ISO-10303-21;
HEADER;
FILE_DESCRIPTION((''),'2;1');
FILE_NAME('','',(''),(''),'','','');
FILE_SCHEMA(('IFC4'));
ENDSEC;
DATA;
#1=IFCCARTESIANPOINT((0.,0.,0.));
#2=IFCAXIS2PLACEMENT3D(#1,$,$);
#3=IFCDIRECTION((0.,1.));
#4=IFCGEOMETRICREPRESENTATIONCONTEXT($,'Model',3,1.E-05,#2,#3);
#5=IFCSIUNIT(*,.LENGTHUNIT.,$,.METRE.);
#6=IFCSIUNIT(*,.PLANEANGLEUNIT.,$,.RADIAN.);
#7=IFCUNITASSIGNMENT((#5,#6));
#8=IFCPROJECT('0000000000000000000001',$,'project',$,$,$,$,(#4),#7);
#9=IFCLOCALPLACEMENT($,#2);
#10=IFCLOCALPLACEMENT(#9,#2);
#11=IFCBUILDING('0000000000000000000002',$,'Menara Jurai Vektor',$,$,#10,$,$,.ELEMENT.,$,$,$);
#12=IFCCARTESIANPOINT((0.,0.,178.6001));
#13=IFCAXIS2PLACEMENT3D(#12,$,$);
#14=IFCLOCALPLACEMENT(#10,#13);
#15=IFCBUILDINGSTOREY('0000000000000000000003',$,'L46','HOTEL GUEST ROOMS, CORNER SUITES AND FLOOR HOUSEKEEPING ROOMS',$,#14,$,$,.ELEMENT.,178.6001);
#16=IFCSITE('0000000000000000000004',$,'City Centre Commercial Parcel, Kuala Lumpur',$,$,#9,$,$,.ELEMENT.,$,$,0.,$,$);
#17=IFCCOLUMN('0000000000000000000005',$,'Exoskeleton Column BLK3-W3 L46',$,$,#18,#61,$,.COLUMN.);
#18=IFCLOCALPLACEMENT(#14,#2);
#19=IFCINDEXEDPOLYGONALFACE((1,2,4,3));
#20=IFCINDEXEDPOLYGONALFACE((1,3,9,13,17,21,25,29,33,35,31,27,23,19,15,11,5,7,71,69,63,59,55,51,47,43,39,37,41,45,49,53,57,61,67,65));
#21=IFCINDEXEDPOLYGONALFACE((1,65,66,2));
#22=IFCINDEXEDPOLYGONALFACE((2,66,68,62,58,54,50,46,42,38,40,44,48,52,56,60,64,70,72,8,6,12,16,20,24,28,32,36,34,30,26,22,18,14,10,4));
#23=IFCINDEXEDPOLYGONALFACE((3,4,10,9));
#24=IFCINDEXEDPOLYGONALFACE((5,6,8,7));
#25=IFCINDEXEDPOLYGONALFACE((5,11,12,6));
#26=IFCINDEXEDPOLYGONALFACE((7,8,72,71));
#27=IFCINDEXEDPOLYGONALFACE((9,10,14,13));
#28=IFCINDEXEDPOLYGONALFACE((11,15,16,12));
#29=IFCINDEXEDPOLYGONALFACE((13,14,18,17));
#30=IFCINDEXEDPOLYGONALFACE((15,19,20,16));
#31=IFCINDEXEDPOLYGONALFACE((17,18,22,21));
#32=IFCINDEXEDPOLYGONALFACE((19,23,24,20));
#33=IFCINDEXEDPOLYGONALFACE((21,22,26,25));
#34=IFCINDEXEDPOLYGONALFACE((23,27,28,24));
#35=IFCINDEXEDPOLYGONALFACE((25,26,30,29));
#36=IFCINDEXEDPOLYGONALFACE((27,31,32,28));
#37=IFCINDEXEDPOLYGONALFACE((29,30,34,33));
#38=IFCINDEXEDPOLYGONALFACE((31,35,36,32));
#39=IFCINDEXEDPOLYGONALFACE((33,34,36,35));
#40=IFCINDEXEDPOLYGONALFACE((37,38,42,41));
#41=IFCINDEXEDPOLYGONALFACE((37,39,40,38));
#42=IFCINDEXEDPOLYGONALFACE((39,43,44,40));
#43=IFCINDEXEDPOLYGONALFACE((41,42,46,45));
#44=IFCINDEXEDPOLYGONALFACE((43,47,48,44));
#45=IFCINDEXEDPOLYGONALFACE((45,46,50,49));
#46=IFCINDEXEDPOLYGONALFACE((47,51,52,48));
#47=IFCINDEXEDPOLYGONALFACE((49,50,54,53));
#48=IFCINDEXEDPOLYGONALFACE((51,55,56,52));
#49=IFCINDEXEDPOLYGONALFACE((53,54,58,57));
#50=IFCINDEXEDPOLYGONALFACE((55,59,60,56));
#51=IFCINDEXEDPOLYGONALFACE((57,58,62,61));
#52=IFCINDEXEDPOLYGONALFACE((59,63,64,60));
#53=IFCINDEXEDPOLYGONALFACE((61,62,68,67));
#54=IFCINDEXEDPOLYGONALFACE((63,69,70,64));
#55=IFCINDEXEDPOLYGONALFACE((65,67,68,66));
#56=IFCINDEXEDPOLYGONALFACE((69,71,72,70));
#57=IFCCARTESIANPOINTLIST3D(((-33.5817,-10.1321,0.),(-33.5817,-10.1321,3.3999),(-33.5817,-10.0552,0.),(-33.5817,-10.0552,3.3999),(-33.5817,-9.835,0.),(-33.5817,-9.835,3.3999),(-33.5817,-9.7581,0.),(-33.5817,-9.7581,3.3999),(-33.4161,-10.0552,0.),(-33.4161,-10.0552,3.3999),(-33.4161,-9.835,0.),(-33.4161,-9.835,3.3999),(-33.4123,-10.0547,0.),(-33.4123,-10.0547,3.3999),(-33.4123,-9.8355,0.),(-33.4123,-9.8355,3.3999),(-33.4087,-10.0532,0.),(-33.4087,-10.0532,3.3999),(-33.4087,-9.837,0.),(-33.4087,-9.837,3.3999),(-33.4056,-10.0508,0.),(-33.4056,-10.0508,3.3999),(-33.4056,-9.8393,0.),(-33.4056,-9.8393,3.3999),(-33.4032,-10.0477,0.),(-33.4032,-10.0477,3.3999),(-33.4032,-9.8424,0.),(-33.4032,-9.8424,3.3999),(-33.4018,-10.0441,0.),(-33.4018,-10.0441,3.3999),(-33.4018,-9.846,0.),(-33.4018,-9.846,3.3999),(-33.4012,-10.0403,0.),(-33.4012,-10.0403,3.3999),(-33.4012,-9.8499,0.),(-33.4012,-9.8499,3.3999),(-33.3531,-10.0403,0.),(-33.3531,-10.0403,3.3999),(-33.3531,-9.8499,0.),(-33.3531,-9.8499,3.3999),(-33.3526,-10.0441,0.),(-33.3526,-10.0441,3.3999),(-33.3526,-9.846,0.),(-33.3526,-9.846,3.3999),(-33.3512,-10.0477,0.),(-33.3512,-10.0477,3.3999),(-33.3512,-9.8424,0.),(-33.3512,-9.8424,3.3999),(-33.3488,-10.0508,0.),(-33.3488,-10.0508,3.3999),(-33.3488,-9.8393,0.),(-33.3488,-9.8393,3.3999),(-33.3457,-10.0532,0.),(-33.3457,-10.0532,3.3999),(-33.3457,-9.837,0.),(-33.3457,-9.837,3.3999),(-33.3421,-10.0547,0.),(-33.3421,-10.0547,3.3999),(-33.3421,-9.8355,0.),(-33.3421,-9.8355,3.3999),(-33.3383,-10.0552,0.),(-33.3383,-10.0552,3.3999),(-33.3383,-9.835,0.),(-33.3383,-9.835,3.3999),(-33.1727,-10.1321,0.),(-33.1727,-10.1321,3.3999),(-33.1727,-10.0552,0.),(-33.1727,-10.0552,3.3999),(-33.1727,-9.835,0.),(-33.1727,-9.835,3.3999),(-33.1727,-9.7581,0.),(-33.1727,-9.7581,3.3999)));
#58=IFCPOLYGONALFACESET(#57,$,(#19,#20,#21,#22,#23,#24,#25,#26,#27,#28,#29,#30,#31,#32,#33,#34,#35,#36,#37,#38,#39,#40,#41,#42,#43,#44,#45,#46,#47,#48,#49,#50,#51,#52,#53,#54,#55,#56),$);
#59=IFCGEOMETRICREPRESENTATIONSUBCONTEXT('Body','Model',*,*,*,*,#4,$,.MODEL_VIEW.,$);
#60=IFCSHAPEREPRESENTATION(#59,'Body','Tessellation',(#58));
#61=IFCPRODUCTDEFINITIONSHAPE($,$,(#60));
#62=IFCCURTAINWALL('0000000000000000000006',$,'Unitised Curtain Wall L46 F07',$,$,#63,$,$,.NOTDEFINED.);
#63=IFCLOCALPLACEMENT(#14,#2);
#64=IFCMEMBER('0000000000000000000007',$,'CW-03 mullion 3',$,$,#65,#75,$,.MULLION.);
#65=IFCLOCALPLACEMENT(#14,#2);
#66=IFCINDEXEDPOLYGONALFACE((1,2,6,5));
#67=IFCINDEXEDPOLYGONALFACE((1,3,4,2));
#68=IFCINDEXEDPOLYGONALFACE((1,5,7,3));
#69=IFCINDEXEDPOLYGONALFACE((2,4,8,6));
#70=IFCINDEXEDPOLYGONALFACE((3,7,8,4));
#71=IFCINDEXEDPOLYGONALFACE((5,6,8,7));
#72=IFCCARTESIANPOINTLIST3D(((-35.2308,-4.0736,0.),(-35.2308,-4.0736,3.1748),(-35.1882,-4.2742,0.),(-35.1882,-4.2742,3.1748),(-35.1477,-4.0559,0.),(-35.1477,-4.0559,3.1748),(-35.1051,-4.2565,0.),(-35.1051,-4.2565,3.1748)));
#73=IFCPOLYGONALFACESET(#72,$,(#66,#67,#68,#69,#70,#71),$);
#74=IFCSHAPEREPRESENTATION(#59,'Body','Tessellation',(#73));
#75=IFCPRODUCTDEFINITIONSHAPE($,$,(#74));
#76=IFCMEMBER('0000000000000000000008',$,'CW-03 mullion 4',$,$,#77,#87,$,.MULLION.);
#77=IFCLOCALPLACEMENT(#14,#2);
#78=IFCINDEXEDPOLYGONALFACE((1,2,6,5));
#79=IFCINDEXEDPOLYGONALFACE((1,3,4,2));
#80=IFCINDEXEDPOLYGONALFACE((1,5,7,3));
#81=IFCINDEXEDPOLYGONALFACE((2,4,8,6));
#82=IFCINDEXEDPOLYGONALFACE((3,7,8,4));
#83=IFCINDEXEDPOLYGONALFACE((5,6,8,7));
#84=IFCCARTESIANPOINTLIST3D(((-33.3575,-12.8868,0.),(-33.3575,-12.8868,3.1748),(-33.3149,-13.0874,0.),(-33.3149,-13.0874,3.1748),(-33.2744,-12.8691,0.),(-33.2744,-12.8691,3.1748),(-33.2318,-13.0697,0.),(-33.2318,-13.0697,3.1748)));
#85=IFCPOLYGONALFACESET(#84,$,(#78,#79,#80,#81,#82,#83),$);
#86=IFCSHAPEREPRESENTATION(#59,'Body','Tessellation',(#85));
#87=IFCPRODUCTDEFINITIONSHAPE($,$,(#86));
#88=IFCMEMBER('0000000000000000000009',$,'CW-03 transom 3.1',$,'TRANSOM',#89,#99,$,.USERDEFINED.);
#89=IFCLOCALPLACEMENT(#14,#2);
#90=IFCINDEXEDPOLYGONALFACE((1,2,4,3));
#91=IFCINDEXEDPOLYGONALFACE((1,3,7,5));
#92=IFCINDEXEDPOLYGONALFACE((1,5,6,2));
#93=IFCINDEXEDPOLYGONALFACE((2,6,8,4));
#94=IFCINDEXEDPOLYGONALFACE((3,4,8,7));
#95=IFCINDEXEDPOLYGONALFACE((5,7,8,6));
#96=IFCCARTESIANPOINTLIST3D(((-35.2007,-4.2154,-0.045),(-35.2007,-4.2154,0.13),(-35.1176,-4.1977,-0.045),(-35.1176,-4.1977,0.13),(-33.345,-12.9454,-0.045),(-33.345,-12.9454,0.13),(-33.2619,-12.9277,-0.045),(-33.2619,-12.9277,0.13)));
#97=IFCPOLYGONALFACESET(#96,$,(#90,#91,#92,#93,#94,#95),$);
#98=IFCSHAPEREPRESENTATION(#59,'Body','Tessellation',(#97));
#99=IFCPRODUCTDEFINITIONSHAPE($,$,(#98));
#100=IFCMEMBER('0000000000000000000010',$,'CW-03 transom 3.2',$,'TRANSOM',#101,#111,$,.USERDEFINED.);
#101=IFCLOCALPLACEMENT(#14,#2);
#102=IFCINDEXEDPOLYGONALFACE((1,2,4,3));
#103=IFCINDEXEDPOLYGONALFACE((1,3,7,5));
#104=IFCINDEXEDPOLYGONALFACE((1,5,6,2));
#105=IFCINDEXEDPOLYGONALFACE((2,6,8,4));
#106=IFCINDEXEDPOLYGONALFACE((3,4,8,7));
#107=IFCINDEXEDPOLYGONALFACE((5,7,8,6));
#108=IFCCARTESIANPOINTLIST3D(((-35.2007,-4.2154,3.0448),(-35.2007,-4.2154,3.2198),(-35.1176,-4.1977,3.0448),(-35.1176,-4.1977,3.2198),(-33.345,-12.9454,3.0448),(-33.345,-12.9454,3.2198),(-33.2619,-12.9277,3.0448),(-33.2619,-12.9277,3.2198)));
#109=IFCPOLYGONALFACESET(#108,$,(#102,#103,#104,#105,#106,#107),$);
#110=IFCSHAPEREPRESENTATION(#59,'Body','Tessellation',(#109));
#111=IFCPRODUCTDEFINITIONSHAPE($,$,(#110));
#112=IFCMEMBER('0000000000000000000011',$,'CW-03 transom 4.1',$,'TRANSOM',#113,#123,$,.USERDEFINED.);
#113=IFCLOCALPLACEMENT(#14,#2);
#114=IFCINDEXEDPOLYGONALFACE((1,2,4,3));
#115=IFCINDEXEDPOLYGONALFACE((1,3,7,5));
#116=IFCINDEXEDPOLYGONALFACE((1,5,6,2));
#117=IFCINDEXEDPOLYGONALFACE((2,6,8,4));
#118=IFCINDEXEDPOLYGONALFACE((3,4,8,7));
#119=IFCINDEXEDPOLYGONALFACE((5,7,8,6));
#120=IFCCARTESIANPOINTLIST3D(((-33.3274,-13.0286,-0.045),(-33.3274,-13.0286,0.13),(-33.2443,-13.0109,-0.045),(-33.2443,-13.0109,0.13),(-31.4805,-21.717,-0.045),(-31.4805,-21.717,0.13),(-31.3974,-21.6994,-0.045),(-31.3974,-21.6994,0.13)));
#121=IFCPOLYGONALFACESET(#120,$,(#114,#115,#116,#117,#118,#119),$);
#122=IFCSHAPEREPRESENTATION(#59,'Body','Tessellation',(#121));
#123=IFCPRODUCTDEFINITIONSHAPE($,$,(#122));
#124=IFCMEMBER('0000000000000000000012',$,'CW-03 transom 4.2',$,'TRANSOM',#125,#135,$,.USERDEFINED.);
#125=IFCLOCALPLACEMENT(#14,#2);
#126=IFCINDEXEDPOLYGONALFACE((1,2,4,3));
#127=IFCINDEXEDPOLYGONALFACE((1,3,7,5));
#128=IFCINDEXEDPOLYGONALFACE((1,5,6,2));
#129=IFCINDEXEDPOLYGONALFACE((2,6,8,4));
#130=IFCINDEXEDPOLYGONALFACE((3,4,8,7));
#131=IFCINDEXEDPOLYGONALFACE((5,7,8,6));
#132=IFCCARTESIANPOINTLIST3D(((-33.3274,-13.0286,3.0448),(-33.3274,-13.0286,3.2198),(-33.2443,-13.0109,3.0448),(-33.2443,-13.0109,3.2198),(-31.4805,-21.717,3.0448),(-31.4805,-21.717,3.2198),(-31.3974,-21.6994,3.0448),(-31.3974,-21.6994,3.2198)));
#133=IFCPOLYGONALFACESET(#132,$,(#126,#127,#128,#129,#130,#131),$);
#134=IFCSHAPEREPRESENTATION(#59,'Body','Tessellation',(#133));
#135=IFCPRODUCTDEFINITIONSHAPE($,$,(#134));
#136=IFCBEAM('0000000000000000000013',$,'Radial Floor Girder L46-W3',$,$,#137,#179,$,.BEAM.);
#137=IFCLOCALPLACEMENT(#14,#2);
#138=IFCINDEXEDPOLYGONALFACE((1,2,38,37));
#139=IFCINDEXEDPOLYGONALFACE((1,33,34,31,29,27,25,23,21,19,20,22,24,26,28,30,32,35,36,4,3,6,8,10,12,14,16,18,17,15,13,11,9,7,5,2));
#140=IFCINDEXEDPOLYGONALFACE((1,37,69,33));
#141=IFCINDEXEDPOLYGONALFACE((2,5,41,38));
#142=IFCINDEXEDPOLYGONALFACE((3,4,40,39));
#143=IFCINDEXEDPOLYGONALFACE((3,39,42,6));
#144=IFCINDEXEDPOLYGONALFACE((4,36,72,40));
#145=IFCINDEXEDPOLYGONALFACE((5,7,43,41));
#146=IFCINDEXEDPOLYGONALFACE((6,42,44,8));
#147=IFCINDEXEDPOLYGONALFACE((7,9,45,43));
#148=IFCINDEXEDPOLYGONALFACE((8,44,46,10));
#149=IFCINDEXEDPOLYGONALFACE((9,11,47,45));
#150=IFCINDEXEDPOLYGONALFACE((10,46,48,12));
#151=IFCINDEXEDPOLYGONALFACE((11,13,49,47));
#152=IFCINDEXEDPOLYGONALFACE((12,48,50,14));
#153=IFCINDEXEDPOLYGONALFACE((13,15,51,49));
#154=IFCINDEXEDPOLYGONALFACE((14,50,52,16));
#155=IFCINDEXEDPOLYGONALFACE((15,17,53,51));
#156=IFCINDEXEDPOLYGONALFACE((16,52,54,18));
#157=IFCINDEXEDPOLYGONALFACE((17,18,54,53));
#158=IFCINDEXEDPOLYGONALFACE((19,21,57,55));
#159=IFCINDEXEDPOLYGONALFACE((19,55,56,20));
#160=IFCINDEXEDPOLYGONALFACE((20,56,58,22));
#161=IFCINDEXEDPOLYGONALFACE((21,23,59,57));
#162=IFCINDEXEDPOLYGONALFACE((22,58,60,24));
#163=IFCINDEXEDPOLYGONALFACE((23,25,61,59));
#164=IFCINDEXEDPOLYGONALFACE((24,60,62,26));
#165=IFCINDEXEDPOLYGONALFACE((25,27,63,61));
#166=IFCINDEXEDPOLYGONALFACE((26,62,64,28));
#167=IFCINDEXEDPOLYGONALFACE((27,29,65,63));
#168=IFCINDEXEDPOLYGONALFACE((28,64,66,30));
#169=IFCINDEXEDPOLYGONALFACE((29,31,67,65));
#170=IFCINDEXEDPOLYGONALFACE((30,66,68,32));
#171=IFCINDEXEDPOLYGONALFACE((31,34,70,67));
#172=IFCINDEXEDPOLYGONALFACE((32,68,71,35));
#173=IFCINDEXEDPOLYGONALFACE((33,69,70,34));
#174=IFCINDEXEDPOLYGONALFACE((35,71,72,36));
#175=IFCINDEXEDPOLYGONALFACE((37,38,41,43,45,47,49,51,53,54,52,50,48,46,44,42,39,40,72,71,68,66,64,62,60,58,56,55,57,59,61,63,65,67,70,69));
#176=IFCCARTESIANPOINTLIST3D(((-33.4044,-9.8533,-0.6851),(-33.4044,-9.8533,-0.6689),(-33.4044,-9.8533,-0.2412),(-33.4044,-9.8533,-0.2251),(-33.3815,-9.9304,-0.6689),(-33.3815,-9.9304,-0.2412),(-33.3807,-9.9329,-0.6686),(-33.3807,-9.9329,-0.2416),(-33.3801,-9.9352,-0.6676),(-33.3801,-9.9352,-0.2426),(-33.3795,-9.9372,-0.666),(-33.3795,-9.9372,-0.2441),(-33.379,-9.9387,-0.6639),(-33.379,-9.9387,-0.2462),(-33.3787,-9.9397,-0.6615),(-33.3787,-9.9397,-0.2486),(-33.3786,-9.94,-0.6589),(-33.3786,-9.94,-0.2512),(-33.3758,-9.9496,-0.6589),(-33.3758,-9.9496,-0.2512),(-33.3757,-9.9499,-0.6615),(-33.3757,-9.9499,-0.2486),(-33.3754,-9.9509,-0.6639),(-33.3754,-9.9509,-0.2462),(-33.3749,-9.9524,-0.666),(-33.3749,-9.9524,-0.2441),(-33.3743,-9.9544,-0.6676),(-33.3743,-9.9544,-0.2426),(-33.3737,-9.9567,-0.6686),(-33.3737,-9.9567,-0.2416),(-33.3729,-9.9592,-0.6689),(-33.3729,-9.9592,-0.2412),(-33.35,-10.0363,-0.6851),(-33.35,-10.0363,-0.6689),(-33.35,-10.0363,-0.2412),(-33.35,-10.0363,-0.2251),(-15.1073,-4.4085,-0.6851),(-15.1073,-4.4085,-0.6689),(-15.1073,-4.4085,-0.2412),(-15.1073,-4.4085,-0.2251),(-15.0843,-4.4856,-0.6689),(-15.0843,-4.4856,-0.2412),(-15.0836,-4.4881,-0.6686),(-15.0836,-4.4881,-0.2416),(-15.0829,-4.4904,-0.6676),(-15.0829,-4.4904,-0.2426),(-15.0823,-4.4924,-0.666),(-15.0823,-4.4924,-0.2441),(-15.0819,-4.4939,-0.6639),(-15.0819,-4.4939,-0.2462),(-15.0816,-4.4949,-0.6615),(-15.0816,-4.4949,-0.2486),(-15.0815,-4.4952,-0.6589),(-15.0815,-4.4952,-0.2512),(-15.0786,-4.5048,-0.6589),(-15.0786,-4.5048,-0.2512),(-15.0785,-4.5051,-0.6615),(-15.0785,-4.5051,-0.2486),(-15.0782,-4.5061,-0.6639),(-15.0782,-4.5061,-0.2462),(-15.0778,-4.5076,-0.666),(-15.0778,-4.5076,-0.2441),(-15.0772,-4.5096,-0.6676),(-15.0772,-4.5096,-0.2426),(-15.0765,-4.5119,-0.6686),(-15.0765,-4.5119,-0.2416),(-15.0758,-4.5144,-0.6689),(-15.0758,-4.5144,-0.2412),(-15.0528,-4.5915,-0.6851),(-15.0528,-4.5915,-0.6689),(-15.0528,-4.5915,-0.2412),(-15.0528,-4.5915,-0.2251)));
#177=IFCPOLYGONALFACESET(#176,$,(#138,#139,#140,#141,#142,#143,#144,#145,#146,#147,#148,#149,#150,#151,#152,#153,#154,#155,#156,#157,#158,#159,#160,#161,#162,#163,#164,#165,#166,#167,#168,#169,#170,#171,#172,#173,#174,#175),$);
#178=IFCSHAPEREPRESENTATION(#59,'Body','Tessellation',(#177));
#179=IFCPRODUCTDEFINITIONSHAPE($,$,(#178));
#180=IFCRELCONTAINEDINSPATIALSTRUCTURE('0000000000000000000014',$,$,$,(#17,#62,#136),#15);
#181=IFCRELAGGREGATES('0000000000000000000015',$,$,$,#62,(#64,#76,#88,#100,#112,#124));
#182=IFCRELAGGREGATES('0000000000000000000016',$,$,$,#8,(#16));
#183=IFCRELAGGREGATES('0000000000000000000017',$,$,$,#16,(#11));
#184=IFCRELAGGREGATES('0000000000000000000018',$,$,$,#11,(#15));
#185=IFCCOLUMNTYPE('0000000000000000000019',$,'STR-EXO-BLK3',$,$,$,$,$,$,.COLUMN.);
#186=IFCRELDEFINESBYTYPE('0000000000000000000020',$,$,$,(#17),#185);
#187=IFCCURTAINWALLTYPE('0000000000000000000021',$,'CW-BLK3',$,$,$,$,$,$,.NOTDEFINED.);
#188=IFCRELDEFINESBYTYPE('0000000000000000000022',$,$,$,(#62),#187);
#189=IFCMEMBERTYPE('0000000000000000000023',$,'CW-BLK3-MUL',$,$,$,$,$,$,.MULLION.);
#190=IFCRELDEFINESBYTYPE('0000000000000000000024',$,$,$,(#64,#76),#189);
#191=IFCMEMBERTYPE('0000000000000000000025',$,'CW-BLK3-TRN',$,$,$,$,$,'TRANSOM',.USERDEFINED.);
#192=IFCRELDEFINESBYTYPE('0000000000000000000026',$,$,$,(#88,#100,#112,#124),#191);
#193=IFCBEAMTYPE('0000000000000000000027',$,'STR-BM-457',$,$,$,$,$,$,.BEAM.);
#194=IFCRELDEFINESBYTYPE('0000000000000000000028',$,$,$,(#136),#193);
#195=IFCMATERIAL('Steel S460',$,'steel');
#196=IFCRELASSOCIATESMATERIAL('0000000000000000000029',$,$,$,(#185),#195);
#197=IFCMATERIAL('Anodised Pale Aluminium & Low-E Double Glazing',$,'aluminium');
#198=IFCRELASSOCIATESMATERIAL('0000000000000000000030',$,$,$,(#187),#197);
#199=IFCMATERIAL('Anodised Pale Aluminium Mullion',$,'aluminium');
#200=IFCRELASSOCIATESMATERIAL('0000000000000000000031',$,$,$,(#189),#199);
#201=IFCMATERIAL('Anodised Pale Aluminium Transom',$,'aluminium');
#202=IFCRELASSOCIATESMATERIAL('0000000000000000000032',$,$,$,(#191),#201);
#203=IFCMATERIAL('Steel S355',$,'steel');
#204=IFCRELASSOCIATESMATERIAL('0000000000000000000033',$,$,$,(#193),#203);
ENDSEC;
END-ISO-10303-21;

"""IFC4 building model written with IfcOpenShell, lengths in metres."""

from ifc_helpers import new_model, si_unit, direction, frame, origin, origin_2d, place, context, subcontext, project, spatial, rectangle, i_section, extrude, material, material_profile, profile_set, type_object, element, aggregate, save


model = new_model("IFC4")

# Units and contexts
model_context = context("Model", 3, precision=1e-05, world=origin(), true_north=direction((0.0, 1.0)))
body_context = subcontext(model_context, "Body", "Model", "MODEL_VIEW")
ifc_project = project(units=[si_unit("LENGTHUNIT", "METRE"), si_unit("PLANEANGLEUNIT", "RADIAN")], contexts=[model_context])

# Site, building, storey
site_placement = place(None, origin())
site = spatial("IfcSite", under=ifc_project, at=site_placement, Name="City Centre Commercial Parcel, Kuala Lumpur", CompositionType="ELEMENT", RefElevation=0.0)
building_placement = place(site_placement, origin())
building = spatial("IfcBuilding", under=site, at=building_placement, Name="Menara Jurai Vektor", CompositionType="ELEMENT")
storey_placement = place(building_placement, frame((0.0, 0.0, 178.6001)))
storey = spatial("IfcBuildingStorey", under=building, at=storey_placement, Name="L46", Description="HOTEL GUEST ROOMS, CORNER SUITES AND FLOOR HOUSEKEEPING ROOMS", CompositionType="ELEMENT", Elevation=178.6001)

# Column
ifc_material_1 = material(Name="Steel S460", Category="steel")
ifc_material_profile_1 = material_profile(ifc_material_1, i_section(OverallWidth=0.4089, OverallDepth=0.374, WebThickness=0.0481, FlangeThickness=0.0769, FilletRadius=0.0149, at=origin_2d()), Name="HD 400x634")
ifc_profile_set_1 = profile_set([ifc_material_profile_1], Name="Steel S460")
column_type = type_object("IfcColumnType", Name="STR-EXO-BLK3", PredefinedType="COLUMN", material=ifc_profile_set_1)
column_placement = place(storey_placement, frame((-33.3772, -9.9451, 0.0), z_axis=(0.0, 0.0, 1.0), x_axis=(1.0, 0.0, 0.0)))
element("IfcColumn", 1, at=column_placement, inside=storey, type_object=column_type, Name="Exoskeleton Column BLK3-W3 L46", PredefinedType="COLUMN", context=body_context, shape_type="SweptSolid", body=[
    extrude(i_section(OverallWidth=0.4089, OverallDepth=0.374, WebThickness=0.0481, FlangeThickness=0.0769, FilletRadius=0.0149, at=origin_2d()), origin(), (0.0, 0.0, 1.0), 3.3999),
])

# Curtain wall, members
ifc_material_2 = material(Name="Anodised Pale Aluminium & Low-E Double Glazing", Category="aluminium")
curtain_wall_type = type_object("IfcCurtainWallType", Name="CW-BLK3", PredefinedType="NOTDEFINED", material=ifc_material_2)
curtain_wall_placement = place(storey_placement, origin())
curtain_wall = element("IfcCurtainWall", 2, at=curtain_wall_placement, inside=storey, type_object=curtain_wall_type, Name="Unitised Curtain Wall L46 F07", PredefinedType="NOTDEFINED")
ifc_material_3 = material(Name="Anodised Pale Aluminium Mullion", Category="aluminium")
ifc_material_profile_2 = material_profile(ifc_material_3, rectangle(XDim=0.085, YDim=0.2051, at=origin_2d()), Name="ALU MUL 85x205")
ifc_profile_set_2 = profile_set([ifc_material_profile_2], Name="Anodised Pale Aluminium Mullion")
member_type_1 = type_object("IfcMemberType", Name="CW-BLK3-MUL", PredefinedType="MULLION", material=ifc_profile_set_2)
member_1_placement = place(storey_placement, frame((-35.168, -4.165, 0.0), z_axis=(0.0, 0.0, 1.0), x_axis=(0.978148, 0.20791, 0.0)))
member_1 = element("IfcMember", 3, at=member_1_placement, type_object=member_type_1, Name="CW-03 mullion 3", PredefinedType="MULLION", context=body_context, shape_type="SweptSolid", body=[
    extrude(rectangle(XDim=0.085, YDim=0.2051, at=origin_2d()), origin(), (0.0, 0.0, 1.0), 3.1748),
])
member_2_placement = place(storey_placement, frame((-33.2947, -12.9783, 0.0), z_axis=(0.0, 0.0, 1.0), x_axis=(0.978148, 0.20791, 0.0)))
member_2 = element("IfcMember", 4, at=member_2_placement, type_object=member_type_1, Name="CW-03 mullion 4", PredefinedType="MULLION", context=body_context, shape_type="SweptSolid", body=[
    extrude(rectangle(XDim=0.085, YDim=0.2051, at=origin_2d()), origin(), (0.0, 0.0, 1.0), 3.1748),
])
ifc_material_4 = material(Name="Anodised Pale Aluminium Transom", Category="aluminium")
ifc_material_profile_3 = material_profile(ifc_material_4, rectangle(XDim=0.085, YDim=0.175, at=origin_2d()), Name="ALU TRN 85x175")
ifc_profile_set_3 = profile_set([ifc_material_profile_3], Name="Anodised Pale Aluminium Transom")
member_type_2 = type_object("IfcMemberType", Name="CW-BLK3-TRN", ElementType="TRANSOM", PredefinedType="USERDEFINED", material=ifc_profile_set_3)
member_3_placement = place(storey_placement, frame((-35.1592, -4.2065, 0.0425), z_axis=(0.207922, -0.978145, 0.0), x_axis=(0.978145, 0.207922, 0.0)))
member_3 = element("IfcMember", 5, at=member_3_placement, type_object=member_type_2, Name="CW-03 transom 3.1", ObjectType="TRANSOM", PredefinedType="USERDEFINED", context=body_context, shape_type="SweptSolid", body=[
    extrude(rectangle(XDim=0.085, YDim=0.175, at=origin_2d()), origin(), (0.0, 0.0, 1.0), 8.925),
])
member_4_placement = place(storey_placement, frame((-35.1592, -4.2065, 3.1323), z_axis=(0.207922, -0.978145, 0.0), x_axis=(0.978145, 0.207922, 0.0)))
member_4 = element("IfcMember", 6, at=member_4_placement, type_object=member_type_2, Name="CW-03 transom 3.2", ObjectType="TRANSOM", PredefinedType="USERDEFINED", context=body_context, shape_type="SweptSolid", body=[
    extrude(rectangle(XDim=0.085, YDim=0.175, at=origin_2d()), origin(), (0.0, 0.0, 1.0), 8.925),
])
member_5_placement = place(storey_placement, frame((-33.2859, -13.0198, 0.0425), z_axis=(0.207926, -0.978145, 0.0), x_axis=(0.978145, 0.207926, 0.0)))
member_5 = element("IfcMember", 7, at=member_5_placement, type_object=member_type_2, Name="CW-03 transom 4.1", ObjectType="TRANSOM", PredefinedType="USERDEFINED", context=body_context, shape_type="SweptSolid", body=[
    extrude(rectangle(XDim=0.085, YDim=0.175, at=origin_2d()), origin(), (0.0, 0.0, 1.0), 8.8826),
])
member_6_placement = place(storey_placement, frame((-33.2859, -13.0198, 3.1323), z_axis=(0.207926, -0.978145, 0.0), x_axis=(0.978145, 0.207926, 0.0)))
member_6 = element("IfcMember", 8, at=member_6_placement, type_object=member_type_2, Name="CW-03 transom 4.2", ObjectType="TRANSOM", PredefinedType="USERDEFINED", context=body_context, shape_type="SweptSolid", body=[
    extrude(rectangle(XDim=0.085, YDim=0.175, at=origin_2d()), origin(), (0.0, 0.0, 1.0), 8.8826),
])

# Beam
ifc_material_5 = material(Name="Steel S355", Category="steel")
ifc_material_profile_4 = material_profile(ifc_material_5, i_section(OverallWidth=0.1909, OverallDepth=0.46, WebThickness=0.01, FlangeThickness=0.0161, FilletRadius=0.01, at=origin_2d()), Name="UKB 457x191x82")
ifc_profile_set_4 = profile_set([ifc_material_profile_4], Name="Steel S355")
beam_type_1 = type_object("IfcBeamType", Name="STR-BM-457", PredefinedType="BEAM", material=ifc_profile_set_4)
beam_1_placement = place(storey_placement, frame((-33.3772, -9.9448, -0.4551), z_axis=(0.958463, 0.285218, 0.0), x_axis=(-0.285218, 0.958463, 0.0)))
element("IfcBeam", 9, at=beam_1_placement, inside=storey, type_object=beam_type_1, Name="Radial Floor Girder L46-W3", PredefinedType="BEAM", context=body_context, shape_type="SweptSolid", body=[
    extrude(i_section(OverallWidth=0.1909, OverallDepth=0.46, WebThickness=0.01, FlangeThickness=0.0161, FilletRadius=0.01, at=origin_2d()), origin(), (0.0, 0.0, 1.0), 19.0901),
])

aggregate(curtain_wall, [member_1, member_2, member_3, member_4, member_5, member_6])

save(model, "model.ifc")
